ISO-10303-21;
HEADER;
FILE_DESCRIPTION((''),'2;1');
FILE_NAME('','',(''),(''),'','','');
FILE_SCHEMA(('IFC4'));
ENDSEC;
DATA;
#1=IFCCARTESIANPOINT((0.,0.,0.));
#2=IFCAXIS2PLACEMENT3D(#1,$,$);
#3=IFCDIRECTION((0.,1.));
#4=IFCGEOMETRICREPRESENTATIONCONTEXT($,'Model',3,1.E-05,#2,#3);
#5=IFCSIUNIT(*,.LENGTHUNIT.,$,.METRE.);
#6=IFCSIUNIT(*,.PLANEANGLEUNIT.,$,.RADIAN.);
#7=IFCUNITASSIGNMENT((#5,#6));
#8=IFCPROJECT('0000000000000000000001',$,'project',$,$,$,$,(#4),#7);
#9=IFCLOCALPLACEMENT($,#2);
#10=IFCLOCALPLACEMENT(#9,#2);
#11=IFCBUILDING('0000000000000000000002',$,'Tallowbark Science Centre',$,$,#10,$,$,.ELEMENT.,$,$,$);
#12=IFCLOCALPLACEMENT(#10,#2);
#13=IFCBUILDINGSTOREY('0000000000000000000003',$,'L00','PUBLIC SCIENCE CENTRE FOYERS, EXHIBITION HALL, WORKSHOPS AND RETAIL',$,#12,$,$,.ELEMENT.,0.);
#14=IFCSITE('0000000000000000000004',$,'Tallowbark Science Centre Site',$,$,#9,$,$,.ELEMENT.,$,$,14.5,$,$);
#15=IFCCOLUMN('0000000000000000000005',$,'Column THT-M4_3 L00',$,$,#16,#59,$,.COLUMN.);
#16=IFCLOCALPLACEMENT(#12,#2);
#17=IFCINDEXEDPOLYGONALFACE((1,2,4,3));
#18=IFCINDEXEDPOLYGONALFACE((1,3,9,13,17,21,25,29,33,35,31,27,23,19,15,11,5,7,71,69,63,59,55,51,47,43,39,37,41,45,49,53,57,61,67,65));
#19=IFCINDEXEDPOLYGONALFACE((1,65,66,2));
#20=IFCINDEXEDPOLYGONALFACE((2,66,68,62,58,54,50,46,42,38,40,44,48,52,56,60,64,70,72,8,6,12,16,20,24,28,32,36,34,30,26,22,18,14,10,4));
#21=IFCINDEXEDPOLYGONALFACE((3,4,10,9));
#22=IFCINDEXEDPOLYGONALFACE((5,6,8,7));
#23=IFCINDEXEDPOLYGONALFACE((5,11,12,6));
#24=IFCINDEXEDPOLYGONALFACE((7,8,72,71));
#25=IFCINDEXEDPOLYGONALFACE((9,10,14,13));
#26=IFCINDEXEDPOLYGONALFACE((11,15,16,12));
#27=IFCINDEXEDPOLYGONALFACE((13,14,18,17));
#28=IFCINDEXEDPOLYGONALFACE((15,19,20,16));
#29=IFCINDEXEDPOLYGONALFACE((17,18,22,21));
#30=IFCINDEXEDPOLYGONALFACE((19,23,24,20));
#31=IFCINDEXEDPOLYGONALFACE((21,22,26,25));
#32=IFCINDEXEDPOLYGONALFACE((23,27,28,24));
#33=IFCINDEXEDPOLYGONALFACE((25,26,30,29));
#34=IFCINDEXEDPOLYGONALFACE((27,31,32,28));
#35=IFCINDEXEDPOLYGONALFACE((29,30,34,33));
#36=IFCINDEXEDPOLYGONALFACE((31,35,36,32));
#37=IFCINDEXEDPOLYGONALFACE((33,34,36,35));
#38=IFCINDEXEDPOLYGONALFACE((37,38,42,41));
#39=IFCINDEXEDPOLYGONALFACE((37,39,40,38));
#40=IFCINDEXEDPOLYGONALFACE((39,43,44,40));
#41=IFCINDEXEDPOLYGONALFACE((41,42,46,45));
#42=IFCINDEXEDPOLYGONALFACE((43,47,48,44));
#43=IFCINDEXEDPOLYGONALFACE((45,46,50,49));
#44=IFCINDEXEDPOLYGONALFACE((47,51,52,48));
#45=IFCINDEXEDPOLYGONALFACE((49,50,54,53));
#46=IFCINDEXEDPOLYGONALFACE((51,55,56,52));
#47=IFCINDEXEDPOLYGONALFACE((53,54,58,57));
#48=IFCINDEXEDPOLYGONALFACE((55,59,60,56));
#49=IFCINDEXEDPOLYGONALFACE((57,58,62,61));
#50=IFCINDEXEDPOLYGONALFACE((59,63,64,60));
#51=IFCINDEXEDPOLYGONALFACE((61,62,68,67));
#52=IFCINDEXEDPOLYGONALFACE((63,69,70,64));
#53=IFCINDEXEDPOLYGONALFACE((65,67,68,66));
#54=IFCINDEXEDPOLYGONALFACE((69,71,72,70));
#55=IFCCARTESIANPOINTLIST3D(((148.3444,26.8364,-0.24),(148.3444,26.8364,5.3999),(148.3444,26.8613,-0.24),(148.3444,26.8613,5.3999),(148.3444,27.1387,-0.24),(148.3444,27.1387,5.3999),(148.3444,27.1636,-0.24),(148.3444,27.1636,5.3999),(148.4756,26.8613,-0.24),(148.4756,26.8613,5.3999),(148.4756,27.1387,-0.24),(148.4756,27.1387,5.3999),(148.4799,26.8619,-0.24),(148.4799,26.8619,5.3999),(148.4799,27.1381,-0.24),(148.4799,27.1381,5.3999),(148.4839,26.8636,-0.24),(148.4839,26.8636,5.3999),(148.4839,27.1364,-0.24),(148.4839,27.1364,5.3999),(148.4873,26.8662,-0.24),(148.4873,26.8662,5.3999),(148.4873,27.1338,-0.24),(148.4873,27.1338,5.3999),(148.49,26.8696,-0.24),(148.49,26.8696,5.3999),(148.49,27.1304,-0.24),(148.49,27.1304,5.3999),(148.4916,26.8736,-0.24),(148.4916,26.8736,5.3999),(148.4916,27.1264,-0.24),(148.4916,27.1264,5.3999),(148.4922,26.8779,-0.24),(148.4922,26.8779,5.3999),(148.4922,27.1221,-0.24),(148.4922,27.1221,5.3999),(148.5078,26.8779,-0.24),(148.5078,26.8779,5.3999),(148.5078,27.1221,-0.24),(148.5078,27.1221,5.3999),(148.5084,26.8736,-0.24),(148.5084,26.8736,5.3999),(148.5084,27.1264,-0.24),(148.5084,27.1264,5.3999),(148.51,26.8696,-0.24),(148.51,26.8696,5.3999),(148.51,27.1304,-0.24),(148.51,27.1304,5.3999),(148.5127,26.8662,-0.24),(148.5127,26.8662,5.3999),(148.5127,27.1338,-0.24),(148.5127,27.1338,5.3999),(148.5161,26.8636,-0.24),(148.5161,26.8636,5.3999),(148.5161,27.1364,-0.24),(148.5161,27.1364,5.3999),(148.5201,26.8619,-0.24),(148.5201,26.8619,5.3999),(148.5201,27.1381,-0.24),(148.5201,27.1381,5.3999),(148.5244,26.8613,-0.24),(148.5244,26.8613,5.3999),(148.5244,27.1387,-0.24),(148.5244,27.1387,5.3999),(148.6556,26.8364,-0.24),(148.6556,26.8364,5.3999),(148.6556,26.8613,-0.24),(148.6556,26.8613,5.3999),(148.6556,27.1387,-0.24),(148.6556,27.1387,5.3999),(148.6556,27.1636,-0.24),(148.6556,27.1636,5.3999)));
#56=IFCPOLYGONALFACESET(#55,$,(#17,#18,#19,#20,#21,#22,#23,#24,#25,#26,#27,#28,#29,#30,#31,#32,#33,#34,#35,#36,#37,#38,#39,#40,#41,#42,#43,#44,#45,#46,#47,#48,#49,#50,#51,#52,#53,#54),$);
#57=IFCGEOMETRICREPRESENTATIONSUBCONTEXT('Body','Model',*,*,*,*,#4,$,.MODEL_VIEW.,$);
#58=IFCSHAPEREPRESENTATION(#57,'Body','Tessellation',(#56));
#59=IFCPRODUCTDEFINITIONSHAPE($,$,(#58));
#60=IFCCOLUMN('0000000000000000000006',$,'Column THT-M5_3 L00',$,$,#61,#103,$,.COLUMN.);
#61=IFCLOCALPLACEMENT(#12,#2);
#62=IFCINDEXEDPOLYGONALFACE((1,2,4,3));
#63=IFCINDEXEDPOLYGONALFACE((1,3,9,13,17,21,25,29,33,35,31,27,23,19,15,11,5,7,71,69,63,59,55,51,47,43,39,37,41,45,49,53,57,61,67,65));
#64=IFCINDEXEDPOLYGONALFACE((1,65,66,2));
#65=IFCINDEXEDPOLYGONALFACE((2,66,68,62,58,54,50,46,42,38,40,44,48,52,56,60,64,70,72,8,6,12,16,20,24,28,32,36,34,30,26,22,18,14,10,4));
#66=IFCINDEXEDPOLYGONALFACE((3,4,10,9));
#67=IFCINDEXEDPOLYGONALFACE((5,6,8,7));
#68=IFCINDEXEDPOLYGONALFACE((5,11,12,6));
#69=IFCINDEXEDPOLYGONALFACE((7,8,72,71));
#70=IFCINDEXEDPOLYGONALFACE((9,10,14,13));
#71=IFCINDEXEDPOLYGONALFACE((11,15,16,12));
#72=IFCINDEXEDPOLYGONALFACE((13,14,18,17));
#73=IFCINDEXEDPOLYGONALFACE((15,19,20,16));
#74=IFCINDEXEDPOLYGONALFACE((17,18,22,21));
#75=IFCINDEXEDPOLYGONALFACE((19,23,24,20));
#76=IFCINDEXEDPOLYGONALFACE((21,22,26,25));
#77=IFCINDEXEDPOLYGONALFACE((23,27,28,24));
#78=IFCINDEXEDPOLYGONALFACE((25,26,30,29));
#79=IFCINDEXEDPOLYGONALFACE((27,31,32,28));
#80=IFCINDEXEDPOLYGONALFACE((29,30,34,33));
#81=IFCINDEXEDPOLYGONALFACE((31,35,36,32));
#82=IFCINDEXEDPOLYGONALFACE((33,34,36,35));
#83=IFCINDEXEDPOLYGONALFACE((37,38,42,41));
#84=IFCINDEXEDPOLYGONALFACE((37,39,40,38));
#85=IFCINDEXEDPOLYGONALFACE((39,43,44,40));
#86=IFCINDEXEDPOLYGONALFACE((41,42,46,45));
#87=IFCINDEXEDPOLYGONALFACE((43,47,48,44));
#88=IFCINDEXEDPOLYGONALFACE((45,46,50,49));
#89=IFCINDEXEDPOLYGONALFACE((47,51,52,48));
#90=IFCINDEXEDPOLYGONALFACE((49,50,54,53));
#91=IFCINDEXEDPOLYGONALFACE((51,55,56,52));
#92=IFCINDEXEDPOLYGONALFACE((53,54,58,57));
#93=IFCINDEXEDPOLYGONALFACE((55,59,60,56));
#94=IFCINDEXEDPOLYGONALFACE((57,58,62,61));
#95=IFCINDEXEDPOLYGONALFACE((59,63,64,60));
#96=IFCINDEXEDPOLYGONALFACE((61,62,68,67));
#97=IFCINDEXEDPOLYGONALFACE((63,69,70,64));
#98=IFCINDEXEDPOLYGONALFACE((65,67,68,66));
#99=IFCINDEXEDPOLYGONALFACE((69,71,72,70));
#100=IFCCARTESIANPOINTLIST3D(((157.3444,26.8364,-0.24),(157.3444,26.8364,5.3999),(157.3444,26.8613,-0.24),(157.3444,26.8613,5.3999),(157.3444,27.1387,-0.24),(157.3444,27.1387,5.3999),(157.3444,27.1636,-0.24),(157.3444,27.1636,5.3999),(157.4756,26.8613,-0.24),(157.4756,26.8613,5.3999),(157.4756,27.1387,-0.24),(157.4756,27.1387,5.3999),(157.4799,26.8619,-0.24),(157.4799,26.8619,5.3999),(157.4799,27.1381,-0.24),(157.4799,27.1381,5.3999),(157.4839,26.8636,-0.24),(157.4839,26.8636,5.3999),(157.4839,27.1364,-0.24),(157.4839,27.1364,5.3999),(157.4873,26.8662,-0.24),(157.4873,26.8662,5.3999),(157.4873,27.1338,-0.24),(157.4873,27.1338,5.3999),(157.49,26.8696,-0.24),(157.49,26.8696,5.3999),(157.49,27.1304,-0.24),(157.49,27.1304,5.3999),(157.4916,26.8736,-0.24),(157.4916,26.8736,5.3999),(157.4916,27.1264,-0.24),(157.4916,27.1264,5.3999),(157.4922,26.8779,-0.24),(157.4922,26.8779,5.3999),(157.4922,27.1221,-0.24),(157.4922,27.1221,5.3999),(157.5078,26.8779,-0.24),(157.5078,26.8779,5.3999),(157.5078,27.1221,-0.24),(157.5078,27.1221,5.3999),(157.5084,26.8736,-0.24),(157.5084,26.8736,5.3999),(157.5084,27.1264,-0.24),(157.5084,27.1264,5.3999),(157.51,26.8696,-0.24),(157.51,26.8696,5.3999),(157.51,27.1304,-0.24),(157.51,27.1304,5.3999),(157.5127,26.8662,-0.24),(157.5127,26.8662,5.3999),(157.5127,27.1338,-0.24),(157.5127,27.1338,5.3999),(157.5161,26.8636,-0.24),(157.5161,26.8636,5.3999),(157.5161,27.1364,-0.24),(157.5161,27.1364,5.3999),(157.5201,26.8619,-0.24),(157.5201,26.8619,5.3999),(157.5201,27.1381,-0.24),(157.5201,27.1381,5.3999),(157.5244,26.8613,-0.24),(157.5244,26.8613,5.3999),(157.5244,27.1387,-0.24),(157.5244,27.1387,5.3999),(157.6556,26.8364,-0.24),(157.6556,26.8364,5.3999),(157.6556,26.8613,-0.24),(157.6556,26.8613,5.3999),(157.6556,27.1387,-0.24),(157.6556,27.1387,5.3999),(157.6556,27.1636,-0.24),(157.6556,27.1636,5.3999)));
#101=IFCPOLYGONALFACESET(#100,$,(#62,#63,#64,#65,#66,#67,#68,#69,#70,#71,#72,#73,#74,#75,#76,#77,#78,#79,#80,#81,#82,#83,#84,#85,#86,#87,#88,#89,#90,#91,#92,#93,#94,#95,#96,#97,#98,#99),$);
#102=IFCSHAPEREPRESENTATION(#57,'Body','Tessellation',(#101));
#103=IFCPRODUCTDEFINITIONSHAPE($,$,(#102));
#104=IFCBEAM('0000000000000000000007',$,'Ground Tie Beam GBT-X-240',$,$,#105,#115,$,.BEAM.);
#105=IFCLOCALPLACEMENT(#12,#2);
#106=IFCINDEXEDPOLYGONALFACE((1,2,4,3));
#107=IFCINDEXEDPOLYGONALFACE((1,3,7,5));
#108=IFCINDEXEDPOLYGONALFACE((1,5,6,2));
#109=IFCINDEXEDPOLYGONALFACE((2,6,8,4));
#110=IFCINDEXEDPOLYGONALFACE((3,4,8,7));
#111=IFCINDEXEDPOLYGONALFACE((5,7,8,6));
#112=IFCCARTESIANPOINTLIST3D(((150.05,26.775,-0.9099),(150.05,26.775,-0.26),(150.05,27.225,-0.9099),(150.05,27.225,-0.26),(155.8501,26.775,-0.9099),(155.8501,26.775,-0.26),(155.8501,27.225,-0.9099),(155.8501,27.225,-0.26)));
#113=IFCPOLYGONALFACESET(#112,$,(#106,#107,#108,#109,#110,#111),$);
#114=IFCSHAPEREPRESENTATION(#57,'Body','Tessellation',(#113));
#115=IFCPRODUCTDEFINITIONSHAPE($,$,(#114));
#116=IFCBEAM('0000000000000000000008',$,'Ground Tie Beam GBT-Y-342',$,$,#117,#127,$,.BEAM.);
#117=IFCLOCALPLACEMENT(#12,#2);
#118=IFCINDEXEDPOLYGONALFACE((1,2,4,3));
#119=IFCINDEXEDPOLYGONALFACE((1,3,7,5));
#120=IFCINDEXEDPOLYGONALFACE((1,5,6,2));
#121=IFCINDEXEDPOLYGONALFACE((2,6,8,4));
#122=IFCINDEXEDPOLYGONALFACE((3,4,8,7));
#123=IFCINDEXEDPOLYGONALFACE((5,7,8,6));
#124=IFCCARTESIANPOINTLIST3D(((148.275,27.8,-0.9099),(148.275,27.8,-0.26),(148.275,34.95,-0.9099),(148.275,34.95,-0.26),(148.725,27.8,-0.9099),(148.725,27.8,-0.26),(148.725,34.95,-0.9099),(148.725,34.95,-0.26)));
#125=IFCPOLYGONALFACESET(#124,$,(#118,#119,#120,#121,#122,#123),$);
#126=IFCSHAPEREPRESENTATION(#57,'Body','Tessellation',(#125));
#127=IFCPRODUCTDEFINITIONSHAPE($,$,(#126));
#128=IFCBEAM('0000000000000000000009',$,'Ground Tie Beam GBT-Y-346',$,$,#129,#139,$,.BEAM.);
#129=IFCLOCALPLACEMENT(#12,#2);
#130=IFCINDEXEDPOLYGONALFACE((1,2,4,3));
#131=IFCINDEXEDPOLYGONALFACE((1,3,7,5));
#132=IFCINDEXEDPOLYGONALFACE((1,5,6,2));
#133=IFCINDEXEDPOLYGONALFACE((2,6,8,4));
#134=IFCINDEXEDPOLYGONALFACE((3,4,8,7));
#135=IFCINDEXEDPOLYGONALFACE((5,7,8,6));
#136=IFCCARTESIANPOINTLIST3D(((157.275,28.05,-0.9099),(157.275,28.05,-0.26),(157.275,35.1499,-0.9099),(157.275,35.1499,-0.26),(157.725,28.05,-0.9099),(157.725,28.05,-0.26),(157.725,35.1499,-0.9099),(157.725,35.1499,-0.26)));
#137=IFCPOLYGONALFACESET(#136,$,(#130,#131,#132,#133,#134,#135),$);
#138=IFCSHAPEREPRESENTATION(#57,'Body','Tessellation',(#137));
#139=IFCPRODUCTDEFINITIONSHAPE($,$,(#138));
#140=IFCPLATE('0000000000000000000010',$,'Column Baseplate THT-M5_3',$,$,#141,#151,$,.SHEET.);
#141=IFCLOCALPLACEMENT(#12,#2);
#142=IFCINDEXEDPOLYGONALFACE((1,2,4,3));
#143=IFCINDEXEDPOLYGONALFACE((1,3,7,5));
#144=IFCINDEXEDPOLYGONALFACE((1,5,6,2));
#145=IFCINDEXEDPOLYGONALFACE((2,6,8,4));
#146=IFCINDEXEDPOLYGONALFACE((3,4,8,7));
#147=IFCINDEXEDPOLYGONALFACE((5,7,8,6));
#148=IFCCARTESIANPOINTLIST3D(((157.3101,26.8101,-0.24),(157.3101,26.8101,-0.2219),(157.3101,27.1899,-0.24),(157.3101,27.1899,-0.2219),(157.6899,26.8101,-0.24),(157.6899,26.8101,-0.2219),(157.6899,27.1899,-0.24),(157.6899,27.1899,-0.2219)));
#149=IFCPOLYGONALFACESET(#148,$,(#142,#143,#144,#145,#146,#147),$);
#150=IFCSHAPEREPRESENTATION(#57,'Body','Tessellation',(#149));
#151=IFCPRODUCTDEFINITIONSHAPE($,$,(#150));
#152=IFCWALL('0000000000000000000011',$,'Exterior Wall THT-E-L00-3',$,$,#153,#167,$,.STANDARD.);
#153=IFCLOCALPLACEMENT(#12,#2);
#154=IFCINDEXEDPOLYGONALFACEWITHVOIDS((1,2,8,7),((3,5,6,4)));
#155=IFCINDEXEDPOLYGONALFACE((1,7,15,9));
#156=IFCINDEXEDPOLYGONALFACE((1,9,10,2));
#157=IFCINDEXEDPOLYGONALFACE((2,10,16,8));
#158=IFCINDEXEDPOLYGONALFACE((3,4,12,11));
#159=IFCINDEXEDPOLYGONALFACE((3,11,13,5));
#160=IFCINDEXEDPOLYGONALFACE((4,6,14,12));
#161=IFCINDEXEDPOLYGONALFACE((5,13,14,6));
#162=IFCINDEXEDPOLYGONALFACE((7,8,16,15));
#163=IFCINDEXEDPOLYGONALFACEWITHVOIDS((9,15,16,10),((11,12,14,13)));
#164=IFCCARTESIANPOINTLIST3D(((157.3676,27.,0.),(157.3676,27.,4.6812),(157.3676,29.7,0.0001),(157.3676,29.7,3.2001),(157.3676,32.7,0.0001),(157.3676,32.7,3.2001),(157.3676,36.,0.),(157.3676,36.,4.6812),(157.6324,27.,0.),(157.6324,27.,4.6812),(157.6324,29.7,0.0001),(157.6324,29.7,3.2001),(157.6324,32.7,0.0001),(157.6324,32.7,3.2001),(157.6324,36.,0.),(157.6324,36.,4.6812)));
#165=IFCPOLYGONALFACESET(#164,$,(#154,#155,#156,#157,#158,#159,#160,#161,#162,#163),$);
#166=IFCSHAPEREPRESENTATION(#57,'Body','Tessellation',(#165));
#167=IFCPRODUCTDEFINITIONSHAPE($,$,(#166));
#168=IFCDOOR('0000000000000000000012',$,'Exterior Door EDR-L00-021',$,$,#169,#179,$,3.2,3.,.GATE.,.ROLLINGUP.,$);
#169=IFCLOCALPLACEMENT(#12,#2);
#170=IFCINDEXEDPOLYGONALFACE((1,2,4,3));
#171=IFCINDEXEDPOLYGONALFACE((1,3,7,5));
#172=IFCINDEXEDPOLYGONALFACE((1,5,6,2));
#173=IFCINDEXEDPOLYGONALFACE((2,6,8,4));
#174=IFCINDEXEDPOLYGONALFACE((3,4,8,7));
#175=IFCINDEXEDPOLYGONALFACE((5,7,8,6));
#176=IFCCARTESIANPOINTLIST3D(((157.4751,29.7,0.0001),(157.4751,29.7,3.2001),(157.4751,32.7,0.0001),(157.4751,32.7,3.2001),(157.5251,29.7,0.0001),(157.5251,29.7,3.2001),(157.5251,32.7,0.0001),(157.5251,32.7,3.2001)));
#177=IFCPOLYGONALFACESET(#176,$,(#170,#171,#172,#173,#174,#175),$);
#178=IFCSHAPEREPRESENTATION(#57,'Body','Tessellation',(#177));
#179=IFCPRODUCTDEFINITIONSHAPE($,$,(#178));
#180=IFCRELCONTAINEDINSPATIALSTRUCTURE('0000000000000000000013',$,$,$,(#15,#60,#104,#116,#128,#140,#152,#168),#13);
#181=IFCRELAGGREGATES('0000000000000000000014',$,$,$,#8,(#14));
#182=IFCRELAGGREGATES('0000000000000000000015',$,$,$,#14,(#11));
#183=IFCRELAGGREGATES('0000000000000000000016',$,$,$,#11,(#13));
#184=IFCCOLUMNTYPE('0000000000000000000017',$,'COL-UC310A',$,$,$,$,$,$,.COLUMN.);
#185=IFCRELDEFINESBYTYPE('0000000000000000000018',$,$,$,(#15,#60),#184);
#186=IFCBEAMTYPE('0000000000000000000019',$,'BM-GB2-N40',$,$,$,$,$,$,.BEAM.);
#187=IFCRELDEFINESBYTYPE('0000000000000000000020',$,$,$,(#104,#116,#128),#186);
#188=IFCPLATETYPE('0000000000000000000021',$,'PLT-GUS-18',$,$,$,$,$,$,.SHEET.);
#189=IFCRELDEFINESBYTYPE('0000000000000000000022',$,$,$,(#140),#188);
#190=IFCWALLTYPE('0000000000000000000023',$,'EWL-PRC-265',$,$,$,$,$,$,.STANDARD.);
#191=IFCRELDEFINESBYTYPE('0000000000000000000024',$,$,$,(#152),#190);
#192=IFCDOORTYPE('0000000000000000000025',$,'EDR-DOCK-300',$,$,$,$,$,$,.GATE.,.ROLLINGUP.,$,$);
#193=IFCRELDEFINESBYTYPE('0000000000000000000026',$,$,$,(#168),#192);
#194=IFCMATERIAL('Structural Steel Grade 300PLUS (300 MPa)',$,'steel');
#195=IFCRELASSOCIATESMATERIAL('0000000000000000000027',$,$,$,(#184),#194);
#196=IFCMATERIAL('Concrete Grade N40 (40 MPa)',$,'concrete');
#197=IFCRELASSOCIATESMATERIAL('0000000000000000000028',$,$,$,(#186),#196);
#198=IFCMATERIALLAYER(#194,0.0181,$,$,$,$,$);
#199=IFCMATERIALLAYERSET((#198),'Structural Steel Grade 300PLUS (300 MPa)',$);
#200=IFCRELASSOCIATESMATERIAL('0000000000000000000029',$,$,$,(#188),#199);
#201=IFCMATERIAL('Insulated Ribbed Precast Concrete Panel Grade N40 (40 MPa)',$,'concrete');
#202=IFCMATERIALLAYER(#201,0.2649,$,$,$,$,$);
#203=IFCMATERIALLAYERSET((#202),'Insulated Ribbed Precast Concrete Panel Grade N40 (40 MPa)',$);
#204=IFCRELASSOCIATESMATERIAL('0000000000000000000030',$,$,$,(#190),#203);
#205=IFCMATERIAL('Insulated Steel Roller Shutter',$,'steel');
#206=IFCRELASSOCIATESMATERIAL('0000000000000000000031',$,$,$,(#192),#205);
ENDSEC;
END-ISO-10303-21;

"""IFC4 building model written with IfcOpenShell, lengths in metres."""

from ifc_helpers import new_model, si_unit, direction, frame, frame_2d, origin, origin_2d, place, context, subcontext, project, spatial, rectangle, i_section, extrude, material, layer, layer_set, material_profile, profile_set, type_object, element, fill, save


model = new_model("IFC4")

# Units and contexts
model_context = context("Model", 3, precision=1e-05, world=origin(), true_north=direction((0.0, 1.0)))
body_context = subcontext(model_context, "Body", "Model", "MODEL_VIEW")
ifc_project = project(units=[si_unit("LENGTHUNIT", "METRE"), si_unit("PLANEANGLEUNIT", "RADIAN")], contexts=[model_context])

# Site, building, storey
site_placement = place(None, origin())
site = spatial("IfcSite", under=ifc_project, at=site_placement, Name="Tallowbark Science Centre Site", CompositionType="ELEMENT", RefElevation=14.5)
building_placement = place(site_placement, origin())
building = spatial("IfcBuilding", under=site, at=building_placement, Name="Tallowbark Science Centre", CompositionType="ELEMENT")
storey_placement = place(building_placement, origin())
storey = spatial("IfcBuildingStorey", under=building, at=storey_placement, Name="L00", Description="PUBLIC SCIENCE CENTRE FOYERS, EXHIBITION HALL, WORKSHOPS AND RETAIL", CompositionType="ELEMENT", Elevation=0.0)

# Shared definitions
ifc_material_1 = material(Name="Concrete Grade N40 (40 MPa)", Category="concrete")

# Columns
ifc_material_2 = material(Name="Structural Steel Grade 300PLUS (300 MPa)", Category="steel")
ifc_material_profile_1 = material_profile(ifc_material_2, i_section(OverallWidth=0.3113, OverallDepth=0.3271, WebThickness=0.0156, FlangeThickness=0.0249, FilletRadius=0.0166, at=origin_2d()), Name="310UC158")
ifc_profile_set_1 = profile_set([ifc_material_profile_1], Name="Structural Steel Grade 300PLUS (300 MPa)")
column_type = type_object("IfcColumnType", Name="COL-UC310A", PredefinedType="COLUMN", material=ifc_profile_set_1)
for number, where, z_axis, x_axis, name in (
    (1, (148.5, 27.0, -0.24), (0.0, 0.0, 1.0), (1.0, 0.0, 0.0), "Column THT-M4_3 L00"),
    (2, (157.5, 27.0, -0.24), (0.0, 0.0, 1.0), (1.0, 0.0, 0.0), "Column THT-M5_3 L00"),
):
    element("IfcColumn", number, at=place(storey_placement, frame(where, z_axis=z_axis, x_axis=x_axis)), inside=storey, type_object=column_type, Name=name, PredefinedType="COLUMN", context=body_context, shape_type="SweptSolid", body=[
        extrude(i_section(OverallWidth=0.3113, OverallDepth=0.3271, WebThickness=0.0156, FlangeThickness=0.0249, FilletRadius=0.0166, at=origin_2d()), origin(), (0.0, 0.0, 1.0), 5.6399),
    ])

# Beams
ifc_material_profile_2 = material_profile(ifc_material_1, rectangle(XDim=0.45, YDim=0.6499, at=origin_2d()), Name="RC450x650")
ifc_profile_set_2 = profile_set([ifc_material_profile_2], Name="Concrete Grade N40 (40 MPa)")
beam_type = type_object("IfcBeamType", Name="BM-GB2-N40", PredefinedType="BEAM", material=ifc_profile_set_2)
beam_1_placement = place(storey_placement, frame((150.05, 27.0, -0.585), z_axis=(1.0, 0.0, 0.0), x_axis=(0.0, 1.0, 0.0)))
element("IfcBeam", 3, at=beam_1_placement, inside=storey, type_object=beam_type, Name="Ground Tie Beam GBT-X-240", PredefinedType="BEAM", context=body_context, shape_type="SweptSolid", body=[
    extrude(rectangle(XDim=0.45, YDim=0.6499, at=origin_2d()), origin(), (0.0, 0.0, 1.0), 5.8),
])
beam_2_placement = place(storey_placement, frame((148.5, 27.8, -0.585), z_axis=(0.0, 1.0, 0.0), x_axis=(-1.0, 0.0, 0.0)))
element("IfcBeam", 4, at=beam_2_placement, inside=storey, type_object=beam_type, Name="Ground Tie Beam GBT-Y-342", PredefinedType="BEAM", context=body_context, shape_type="SweptSolid", body=[
    extrude(rectangle(XDim=0.45, YDim=0.6499, at=origin_2d()), origin(), (0.0, 0.0, 1.0), 7.1499),
])
beam_3_placement = place(storey_placement, frame((157.5, 28.05, -0.585), z_axis=(0.0, 1.0, 0.0), x_axis=(-1.0, 0.0, 0.0)))
element("IfcBeam", 5, at=beam_3_placement, inside=storey, type_object=beam_type, Name="Ground Tie Beam GBT-Y-346", PredefinedType="BEAM", context=body_context, shape_type="SweptSolid", body=[
    extrude(rectangle(XDim=0.45, YDim=0.6499, at=origin_2d()), origin(), (0.0, 0.0, 1.0), 7.0999),
])

# Plate
ifc_layer_1 = layer(ifc_material_2, 0.0181)
ifc_layer_set_1 = layer_set([ifc_layer_1], Name="Structural Steel Grade 300PLUS (300 MPa)")
plate_type = type_object("IfcPlateType", Name="PLT-GUS-18", PredefinedType="SHEET", material=ifc_layer_set_1)
plate_placement = place(storey_placement, frame((157.5, 27.0, -0.24), z_axis=(0.0, 0.0, 1.0), x_axis=(1.0, 0.0, 0.0)))
element("IfcPlate", 6, at=plate_placement, inside=storey, type_object=plate_type, Name="Column Baseplate THT-M5_3", PredefinedType="SHEET", context=body_context, shape_type="SweptSolid", body=[
    extrude(rectangle(XDim=0.3799, YDim=0.3799, at=origin_2d()), origin(), (0.0, 0.0, 1.0), 0.0181),
])

# Wall, opening, door
ifc_material_3 = material(Name="Insulated Ribbed Precast Concrete Panel Grade N40 (40 MPa)", Category="concrete")
ifc_layer_2 = layer(ifc_material_3, 0.2649)
ifc_layer_set_2 = layer_set([ifc_layer_2], Name="Insulated Ribbed Precast Concrete Panel Grade N40 (40 MPa)")
wall_type = type_object("IfcWallType", Name="EWL-PRC-265", PredefinedType="STANDARD", material=ifc_layer_set_2)
wall_placement = place(storey_placement, frame((157.5, 27.0, 0.0), z_axis=(0.0, 0.0, 1.0), x_axis=(0.0, 1.0, 0.0)))
wall = element("IfcWall", 7, at=wall_placement, inside=storey, type_object=wall_type, Name="Exterior Wall THT-E-L00-3", PredefinedType="STANDARD", context=body_context, shape_type="SweptSolid", body=[
    extrude(rectangle(XDim=9.0, YDim=0.2649, at=frame_2d((4.5, 0.0))), origin(), (0.0, 0.0, 1.0), 4.6812),
])
opening_placement = place(wall_placement, frame((2.7, 0.0, 0.0)))
opening = element("IfcOpeningElement", 8, at=opening_placement, cuts=wall, PredefinedType="OPENING", context=body_context, shape_type="SweptSolid", body=[
    extrude(rectangle(XDim=3.0, YDim=3.2, at=frame_2d((1.5, 1.6001))), frame((0.0, 0.1426, 0.0), z_axis=(0.0, -1.0, 0.0), x_axis=(1.0, 0.0, 0.0)), (0.0, 0.0, 1.0), 0.2849),
])
ifc_material_4 = material(Name="Insulated Steel Roller Shutter", Category="steel")
door_type = type_object("IfcDoorType", Name="EDR-DOCK-300", OperationType="ROLLINGUP", PredefinedType="GATE", material=ifc_material_4)
door_placement = place(opening_placement, origin())
door = element("IfcDoor", 9, at=door_placement, inside=storey, type_object=door_type, Name="Exterior Door EDR-L00-021", OperationType="ROLLINGUP", OverallHeight=3.2, OverallWidth=3.0, PredefinedType="GATE", context=body_context, shape_type="SweptSolid", body=[
    extrude(rectangle(XDim=3.0, YDim=3.2, at=frame_2d((1.5, 1.6001))), frame((0.0, 0.0249, 0.0), z_axis=(0.0, -1.0, 0.0), x_axis=(1.0, 0.0, 0.0)), (0.0, 0.0, 1.0), 0.05),
])
fill(opening, door)

save(model, "model.ifc")
